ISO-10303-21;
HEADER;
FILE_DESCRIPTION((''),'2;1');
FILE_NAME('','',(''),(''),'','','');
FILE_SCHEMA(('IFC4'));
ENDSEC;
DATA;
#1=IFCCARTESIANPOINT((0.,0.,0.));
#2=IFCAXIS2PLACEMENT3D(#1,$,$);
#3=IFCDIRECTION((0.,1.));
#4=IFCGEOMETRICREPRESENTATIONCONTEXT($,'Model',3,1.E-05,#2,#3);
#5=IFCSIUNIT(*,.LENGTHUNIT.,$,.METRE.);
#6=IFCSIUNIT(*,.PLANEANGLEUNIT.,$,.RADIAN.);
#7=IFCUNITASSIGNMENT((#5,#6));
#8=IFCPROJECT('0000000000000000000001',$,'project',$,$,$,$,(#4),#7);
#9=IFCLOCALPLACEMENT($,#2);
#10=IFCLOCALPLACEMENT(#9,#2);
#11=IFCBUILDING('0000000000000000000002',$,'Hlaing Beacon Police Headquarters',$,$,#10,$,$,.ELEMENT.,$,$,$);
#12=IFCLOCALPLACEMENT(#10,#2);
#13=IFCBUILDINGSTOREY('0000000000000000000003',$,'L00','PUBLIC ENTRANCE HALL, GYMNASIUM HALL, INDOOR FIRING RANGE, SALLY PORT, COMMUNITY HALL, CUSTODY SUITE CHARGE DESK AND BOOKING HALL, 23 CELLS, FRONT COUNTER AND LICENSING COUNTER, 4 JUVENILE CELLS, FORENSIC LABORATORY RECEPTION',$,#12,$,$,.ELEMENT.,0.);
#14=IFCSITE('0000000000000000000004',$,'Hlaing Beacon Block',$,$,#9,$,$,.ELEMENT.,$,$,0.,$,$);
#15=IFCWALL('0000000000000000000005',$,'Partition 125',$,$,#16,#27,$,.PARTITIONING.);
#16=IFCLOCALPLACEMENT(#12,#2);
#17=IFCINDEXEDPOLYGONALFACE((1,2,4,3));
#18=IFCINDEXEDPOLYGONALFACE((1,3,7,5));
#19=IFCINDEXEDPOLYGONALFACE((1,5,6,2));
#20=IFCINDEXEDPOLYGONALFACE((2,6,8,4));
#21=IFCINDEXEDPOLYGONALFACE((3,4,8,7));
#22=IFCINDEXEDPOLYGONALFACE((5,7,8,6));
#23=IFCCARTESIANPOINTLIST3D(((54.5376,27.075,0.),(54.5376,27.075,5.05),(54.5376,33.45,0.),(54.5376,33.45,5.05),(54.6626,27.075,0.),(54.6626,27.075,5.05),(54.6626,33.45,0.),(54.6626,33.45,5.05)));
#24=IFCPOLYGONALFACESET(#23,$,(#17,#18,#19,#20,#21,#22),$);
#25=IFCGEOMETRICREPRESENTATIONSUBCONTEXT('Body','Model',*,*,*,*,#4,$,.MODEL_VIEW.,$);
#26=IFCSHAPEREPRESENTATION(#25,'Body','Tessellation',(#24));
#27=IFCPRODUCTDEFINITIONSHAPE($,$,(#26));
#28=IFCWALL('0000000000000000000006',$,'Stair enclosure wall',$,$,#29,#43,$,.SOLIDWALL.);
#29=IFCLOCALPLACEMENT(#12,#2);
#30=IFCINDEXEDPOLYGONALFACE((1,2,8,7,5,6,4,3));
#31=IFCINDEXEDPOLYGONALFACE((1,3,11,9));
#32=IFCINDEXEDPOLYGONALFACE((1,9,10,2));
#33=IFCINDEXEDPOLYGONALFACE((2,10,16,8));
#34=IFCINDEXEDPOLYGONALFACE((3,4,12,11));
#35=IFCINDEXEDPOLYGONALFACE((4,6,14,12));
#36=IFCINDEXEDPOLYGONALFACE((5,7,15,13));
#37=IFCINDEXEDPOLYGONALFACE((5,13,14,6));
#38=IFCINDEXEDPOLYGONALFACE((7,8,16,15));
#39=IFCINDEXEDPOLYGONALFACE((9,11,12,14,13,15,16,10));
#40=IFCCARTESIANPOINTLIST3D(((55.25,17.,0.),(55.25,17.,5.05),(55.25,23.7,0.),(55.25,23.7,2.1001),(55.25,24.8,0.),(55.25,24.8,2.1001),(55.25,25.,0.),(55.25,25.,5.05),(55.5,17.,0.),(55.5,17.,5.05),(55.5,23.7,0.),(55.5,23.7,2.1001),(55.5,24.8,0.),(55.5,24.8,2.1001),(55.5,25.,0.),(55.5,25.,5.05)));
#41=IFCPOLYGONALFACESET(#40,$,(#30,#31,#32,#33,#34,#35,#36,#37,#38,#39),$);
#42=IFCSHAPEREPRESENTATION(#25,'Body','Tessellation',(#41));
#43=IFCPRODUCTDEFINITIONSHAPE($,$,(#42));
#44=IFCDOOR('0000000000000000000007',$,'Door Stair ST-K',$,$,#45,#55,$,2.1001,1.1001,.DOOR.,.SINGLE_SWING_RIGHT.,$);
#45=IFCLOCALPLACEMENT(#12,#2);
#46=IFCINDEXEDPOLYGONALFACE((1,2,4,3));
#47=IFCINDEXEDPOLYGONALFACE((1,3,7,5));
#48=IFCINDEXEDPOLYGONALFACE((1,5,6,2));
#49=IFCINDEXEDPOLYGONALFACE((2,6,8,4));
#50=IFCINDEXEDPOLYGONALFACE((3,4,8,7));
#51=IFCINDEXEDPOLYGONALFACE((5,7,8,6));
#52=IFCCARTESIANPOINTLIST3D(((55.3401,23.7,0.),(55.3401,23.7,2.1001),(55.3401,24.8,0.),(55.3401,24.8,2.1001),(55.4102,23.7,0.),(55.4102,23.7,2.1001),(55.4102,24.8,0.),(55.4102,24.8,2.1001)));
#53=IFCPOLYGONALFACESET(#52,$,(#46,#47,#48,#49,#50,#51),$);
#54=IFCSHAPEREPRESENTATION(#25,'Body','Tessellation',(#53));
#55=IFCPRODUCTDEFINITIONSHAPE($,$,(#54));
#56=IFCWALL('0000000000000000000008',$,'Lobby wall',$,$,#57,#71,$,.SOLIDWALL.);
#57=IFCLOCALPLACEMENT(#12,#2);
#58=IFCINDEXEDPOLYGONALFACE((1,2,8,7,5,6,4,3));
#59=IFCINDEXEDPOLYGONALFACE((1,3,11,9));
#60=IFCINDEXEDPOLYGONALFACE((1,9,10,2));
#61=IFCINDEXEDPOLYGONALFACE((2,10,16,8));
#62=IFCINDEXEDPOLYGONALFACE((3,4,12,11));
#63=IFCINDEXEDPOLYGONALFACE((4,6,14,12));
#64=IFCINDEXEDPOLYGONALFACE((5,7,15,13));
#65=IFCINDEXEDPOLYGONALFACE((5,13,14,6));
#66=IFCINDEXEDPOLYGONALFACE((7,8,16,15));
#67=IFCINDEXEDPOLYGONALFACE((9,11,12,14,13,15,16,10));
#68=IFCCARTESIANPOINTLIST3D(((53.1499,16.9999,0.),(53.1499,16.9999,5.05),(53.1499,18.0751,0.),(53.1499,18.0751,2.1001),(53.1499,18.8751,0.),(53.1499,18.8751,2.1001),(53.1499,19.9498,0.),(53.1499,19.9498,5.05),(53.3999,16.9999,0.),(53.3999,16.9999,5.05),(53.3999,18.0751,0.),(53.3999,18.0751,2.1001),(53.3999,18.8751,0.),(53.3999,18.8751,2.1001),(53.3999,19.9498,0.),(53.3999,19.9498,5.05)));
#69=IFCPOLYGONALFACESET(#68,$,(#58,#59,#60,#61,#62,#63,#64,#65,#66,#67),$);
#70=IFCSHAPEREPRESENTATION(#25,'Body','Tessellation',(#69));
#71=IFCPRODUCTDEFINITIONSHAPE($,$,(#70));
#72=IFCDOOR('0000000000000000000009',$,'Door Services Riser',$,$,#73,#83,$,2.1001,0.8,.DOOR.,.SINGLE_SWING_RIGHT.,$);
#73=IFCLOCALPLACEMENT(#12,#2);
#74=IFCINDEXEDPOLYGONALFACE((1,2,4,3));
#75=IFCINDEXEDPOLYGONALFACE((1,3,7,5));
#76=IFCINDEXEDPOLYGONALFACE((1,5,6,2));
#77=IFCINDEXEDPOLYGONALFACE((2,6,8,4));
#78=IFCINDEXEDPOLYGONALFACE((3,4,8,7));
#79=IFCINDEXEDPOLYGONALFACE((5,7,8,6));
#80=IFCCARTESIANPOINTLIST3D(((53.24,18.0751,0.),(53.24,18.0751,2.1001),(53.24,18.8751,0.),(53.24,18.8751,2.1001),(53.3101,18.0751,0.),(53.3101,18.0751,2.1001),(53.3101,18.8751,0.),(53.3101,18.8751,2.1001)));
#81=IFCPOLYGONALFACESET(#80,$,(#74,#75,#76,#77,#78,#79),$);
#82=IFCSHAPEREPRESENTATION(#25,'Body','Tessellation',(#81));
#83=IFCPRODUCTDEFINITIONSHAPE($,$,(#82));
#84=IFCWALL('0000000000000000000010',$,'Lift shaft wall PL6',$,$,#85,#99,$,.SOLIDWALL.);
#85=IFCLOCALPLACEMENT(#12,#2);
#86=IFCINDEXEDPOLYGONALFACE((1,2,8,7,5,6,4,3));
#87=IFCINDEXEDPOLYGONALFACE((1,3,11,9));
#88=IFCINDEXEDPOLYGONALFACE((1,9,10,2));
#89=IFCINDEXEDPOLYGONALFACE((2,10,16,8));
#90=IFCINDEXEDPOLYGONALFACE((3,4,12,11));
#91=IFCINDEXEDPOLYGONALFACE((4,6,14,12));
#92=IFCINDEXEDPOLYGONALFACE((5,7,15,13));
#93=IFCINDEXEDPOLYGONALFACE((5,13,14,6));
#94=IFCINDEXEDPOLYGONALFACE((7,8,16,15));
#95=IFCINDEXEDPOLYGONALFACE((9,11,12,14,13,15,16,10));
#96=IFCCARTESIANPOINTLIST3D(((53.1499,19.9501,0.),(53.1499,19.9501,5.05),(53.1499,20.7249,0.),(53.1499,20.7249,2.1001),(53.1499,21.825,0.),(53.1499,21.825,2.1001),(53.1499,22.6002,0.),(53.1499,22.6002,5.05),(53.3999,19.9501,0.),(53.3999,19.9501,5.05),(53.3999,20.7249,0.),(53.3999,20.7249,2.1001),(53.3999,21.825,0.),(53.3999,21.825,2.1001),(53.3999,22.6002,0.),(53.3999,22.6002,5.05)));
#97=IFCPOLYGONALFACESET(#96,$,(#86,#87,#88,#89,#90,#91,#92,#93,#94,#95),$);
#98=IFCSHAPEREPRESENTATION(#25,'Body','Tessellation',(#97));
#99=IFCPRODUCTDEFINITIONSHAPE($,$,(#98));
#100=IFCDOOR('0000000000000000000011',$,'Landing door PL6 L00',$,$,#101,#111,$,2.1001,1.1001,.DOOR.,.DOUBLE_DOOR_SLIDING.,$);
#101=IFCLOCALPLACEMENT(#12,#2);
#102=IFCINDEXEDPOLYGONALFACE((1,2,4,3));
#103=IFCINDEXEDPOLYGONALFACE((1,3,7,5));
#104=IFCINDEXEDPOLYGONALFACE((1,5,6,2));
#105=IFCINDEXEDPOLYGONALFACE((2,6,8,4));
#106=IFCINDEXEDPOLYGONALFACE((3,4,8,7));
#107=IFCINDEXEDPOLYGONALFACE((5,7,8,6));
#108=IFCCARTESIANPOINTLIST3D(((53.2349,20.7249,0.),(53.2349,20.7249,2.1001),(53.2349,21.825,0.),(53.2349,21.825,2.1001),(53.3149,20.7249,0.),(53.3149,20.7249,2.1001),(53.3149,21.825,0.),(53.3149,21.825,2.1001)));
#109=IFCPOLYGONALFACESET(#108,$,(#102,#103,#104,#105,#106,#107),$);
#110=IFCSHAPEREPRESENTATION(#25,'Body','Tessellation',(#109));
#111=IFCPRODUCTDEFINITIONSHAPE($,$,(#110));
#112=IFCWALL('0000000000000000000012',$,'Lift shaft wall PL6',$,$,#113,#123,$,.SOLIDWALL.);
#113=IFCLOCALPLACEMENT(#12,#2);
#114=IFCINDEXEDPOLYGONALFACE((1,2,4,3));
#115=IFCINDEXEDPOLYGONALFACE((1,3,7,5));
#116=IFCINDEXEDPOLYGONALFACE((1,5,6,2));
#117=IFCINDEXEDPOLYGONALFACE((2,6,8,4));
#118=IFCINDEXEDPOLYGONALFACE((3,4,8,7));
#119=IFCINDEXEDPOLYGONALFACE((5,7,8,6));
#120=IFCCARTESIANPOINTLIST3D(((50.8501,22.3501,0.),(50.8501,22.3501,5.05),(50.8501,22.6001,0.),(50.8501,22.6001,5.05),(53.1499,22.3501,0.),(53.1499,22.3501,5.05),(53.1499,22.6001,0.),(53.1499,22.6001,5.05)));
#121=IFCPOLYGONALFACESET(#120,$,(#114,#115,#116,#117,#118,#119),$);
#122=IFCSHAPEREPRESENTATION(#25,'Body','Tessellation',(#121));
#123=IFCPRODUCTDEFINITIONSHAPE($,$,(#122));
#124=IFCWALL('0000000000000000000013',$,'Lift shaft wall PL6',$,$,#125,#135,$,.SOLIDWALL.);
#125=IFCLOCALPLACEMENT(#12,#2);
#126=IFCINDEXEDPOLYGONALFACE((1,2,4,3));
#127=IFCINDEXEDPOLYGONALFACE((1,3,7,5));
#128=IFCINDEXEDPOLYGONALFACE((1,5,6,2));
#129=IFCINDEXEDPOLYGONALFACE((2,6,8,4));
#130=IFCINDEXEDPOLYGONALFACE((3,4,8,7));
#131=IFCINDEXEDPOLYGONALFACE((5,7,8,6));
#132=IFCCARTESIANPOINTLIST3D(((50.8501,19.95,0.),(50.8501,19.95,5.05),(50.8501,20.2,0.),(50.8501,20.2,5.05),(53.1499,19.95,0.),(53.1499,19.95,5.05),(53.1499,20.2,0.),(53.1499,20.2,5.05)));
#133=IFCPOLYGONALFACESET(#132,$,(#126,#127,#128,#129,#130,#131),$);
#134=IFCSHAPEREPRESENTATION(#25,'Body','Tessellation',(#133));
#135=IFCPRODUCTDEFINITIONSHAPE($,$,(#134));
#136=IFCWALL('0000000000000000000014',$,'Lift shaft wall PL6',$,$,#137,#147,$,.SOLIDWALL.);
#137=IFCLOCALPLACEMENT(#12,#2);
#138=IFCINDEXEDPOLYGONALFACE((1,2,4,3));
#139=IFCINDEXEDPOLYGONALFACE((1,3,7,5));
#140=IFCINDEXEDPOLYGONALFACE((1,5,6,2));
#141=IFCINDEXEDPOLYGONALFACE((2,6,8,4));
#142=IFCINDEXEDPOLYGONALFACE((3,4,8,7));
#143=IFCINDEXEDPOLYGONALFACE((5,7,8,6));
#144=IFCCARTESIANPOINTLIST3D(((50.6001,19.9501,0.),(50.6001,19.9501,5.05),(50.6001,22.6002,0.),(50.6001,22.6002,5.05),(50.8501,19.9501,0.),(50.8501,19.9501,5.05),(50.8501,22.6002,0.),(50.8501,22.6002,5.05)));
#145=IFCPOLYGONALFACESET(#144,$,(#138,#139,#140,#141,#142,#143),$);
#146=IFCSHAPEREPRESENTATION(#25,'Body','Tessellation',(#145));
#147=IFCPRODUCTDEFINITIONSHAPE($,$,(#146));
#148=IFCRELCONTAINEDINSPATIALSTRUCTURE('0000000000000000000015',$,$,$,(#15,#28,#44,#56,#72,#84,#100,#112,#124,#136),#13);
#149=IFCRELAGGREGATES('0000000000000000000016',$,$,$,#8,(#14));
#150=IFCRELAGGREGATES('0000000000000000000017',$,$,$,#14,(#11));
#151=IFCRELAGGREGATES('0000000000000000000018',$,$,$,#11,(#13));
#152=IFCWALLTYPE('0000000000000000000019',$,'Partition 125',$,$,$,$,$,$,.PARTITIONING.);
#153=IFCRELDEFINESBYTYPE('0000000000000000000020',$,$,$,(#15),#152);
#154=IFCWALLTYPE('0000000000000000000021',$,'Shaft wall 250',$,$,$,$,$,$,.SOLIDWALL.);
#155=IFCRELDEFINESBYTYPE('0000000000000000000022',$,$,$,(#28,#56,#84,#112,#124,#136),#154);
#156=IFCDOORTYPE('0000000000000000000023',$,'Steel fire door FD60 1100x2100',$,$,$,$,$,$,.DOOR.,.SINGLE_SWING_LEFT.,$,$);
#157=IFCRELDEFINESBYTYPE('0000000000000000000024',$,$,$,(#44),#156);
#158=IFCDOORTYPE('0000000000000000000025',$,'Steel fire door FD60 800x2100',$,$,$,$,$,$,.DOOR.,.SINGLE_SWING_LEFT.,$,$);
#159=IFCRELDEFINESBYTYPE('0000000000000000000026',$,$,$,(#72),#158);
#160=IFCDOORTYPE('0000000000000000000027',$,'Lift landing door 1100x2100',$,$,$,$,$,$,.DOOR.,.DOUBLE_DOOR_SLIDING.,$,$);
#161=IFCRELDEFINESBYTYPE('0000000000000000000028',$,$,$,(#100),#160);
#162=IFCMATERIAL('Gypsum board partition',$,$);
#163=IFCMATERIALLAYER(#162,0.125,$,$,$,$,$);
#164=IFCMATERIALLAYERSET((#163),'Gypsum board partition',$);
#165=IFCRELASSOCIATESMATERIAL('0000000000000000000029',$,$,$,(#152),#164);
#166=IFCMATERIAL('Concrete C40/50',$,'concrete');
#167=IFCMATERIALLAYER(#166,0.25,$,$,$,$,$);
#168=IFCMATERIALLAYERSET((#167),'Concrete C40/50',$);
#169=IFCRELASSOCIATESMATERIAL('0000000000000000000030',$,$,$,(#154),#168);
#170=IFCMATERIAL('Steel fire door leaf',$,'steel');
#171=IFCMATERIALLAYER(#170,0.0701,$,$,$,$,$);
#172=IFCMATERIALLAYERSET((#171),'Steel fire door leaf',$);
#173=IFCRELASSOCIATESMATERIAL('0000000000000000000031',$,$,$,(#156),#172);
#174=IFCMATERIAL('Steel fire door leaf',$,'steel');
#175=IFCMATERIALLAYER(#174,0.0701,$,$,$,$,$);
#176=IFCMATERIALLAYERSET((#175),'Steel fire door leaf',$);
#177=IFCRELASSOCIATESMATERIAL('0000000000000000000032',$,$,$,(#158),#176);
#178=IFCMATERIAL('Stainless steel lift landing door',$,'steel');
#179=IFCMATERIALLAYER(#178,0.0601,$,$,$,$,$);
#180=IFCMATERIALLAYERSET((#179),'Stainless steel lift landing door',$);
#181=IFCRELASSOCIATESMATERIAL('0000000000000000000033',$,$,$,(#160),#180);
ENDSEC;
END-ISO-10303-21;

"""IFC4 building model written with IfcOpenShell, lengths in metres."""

from ifc_helpers import new_model, si_unit, direction, frame, frame_2d, origin, place, context, subcontext, project, spatial, rectangle, extrude, material, layer, layer_set, type_object, element, fill, save


model = new_model("IFC4")

# Units and contexts
model_context = context("Model", 3, precision=1e-05, world=origin(), true_north=direction((0.0, 1.0)))
body_context = subcontext(model_context, "Body", "Model", "MODEL_VIEW")
ifc_project = project(units=[si_unit("LENGTHUNIT", "METRE"), si_unit("PLANEANGLEUNIT", "RADIAN")], contexts=[model_context])

# Site, building, storey
site_placement = place(None, origin())
site = spatial("IfcSite", under=ifc_project, at=site_placement, Name="Hlaing Beacon Block", CompositionType="ELEMENT", RefElevation=0.0)
building_placement = place(site_placement, origin())
building = spatial("IfcBuilding", under=site, at=building_placement, Name="Hlaing Beacon Police Headquarters", CompositionType="ELEMENT")
storey_placement = place(building_placement, origin())
storey = spatial("IfcBuildingStorey", under=building, at=storey_placement, Name="L00", Description="PUBLIC ENTRANCE HALL, GYMNASIUM HALL, INDOOR FIRING RANGE, SALLY PORT, COMMUNITY HALL, CUSTODY SUITE CHARGE DESK AND BOOKING HALL, 23 CELLS, FRONT COUNTER AND LICENSING COUNTER, 4 JUVENILE CELLS, FORENSIC LABORATORY RECEPTION", CompositionType="ELEMENT", Elevation=0.0)

# Shared definitions
ifc_material_1 = material(Name="Gypsum board partition")
ifc_layer_1 = layer(ifc_material_1, 0.125)
ifc_layer_set_1 = layer_set([ifc_layer_1], Name="Gypsum board partition")
wall_type_1 = type_object("IfcWallType", Name="Partition 125", PredefinedType="PARTITIONING", material=ifc_layer_set_1)

# Wall
wall_1_placement = place(storey_placement, frame((54.6001, 27.075, 0.0), z_axis=(0.0, 0.0, 1.0), x_axis=(0.0, 1.0, 0.0)))
element("IfcWall", 1, at=wall_1_placement, inside=storey, type_object=wall_type_1, Name="Partition 125", PredefinedType="PARTITIONING", context=body_context, shape_type="SweptSolid", body=[
    extrude(rectangle(XDim=6.375, YDim=0.125, at=frame_2d((3.1875, 0.0))), origin(), (0.0, 0.0, 1.0), 5.05),
])

# Walls, openings, doors
ifc_material_2 = material(Name="Concrete C40/50", Category="concrete")
ifc_layer_2 = layer(ifc_material_2, 0.25)
ifc_layer_set_2 = layer_set([ifc_layer_2], Name="Concrete C40/50")
wall_type_2 = type_object("IfcWallType", Name="Shaft wall 250", PredefinedType="SOLIDWALL", material=ifc_layer_set_2)
wall_2_placement = place(storey_placement, frame((55.375, 25.0, 0.0), z_axis=(0.0, 0.0, 1.0), x_axis=(0.0, -1.0, 0.0)))
wall_2 = element("IfcWall", 2, at=wall_2_placement, inside=storey, type_object=wall_type_2, Name="Stair enclosure wall", PredefinedType="SOLIDWALL", context=body_context, shape_type="SweptSolid", body=[
    extrude(rectangle(XDim=8.0, YDim=0.25, at=frame_2d((4.0, 0.0))), origin(), (0.0, 0.0, 1.0), 5.05),
])
opening_1_placement = place(wall_2_placement, frame((0.2, 0.0, 0.0)))
opening_1 = element("IfcOpeningElement", 3, at=opening_1_placement, cuts=wall_2, PredefinedType="OPENING", context=body_context, shape_type="SweptSolid", body=[
    extrude(rectangle(XDim=1.1001, YDim=2.1001, at=frame_2d((0.55, 1.05))), frame((0.0, 0.135, 0.0), z_axis=(0.0, -1.0, 0.0), x_axis=(1.0, 0.0, 0.0)), (0.0, 0.0, 1.0), 0.27),
])
ifc_material_3 = material(Name="Steel fire door leaf", Category="steel")
ifc_layer_3 = layer(ifc_material_3, 0.0701)
ifc_layer_set_3 = layer_set([ifc_layer_3], Name="Steel fire door leaf")
door_type_1 = type_object("IfcDoorType", Name="Steel fire door FD60 1100x2100", OperationType="SINGLE_SWING_LEFT", PredefinedType="DOOR", material=ifc_layer_set_3)
door_1_placement = place(opening_1_placement, origin())
door_1 = element("IfcDoor", 4, at=door_1_placement, inside=storey, type_object=door_type_1, Name="Door Stair ST-K", OperationType="SINGLE_SWING_RIGHT", OverallHeight=2.1001, OverallWidth=1.1001, PredefinedType="DOOR", context=body_context, shape_type="SweptSolid", body=[
    extrude(rectangle(XDim=1.1001, YDim=2.1001, at=frame_2d((0.55, 1.05))), frame((0.0, 0.0352, 0.0), z_axis=(0.0, -1.0, 0.0), x_axis=(1.0, 0.0, 0.0)), (0.0, 0.0, 1.0), 0.0701),
])
fill(opening_1, door_1)
wall_3_placement = place(storey_placement, frame((53.2749, 19.95, 0.0), z_axis=(0.0, 0.0, 1.0), x_axis=(0.0, -1.0, 0.0)))
wall_3 = element("IfcWall", 5, at=wall_3_placement, inside=storey, type_object=wall_type_2, Name="Lobby wall", PredefinedType="SOLIDWALL", context=body_context, shape_type="SweptSolid", body=[
    extrude(rectangle(XDim=2.95, YDim=0.25, at=frame_2d((1.4751, 0.0))), origin(), (0.0, 0.0, 1.0), 5.05),
])
opening_2_placement = place(wall_3_placement, frame((1.075, 0.0, 0.0)))
opening_2 = element("IfcOpeningElement", 6, at=opening_2_placement, cuts=wall_3, PredefinedType="OPENING", context=body_context, shape_type="SweptSolid", body=[
    extrude(rectangle(XDim=0.8, YDim=2.1001, at=frame_2d((0.3999, 1.05))), frame((0.0, 0.135, 0.0), z_axis=(0.0, -1.0, 0.0), x_axis=(1.0, 0.0, 0.0)), (0.0, 0.0, 1.0), 0.27),
])
ifc_material_4 = material(Name="Steel fire door leaf", Category="steel")
ifc_layer_4 = layer(ifc_material_4, 0.0701)
ifc_layer_set_4 = layer_set([ifc_layer_4], Name="Steel fire door leaf")
door_type_2 = type_object("IfcDoorType", Name="Steel fire door FD60 800x2100", OperationType="SINGLE_SWING_LEFT", PredefinedType="DOOR", material=ifc_layer_set_4)
door_2_placement = place(opening_2_placement, frame((0.8, 0.0, 0.0), z_axis=(0.0, 0.0, 1.0), x_axis=(-1.0, 0.0, 0.0)))
door_2 = element("IfcDoor", 7, at=door_2_placement, inside=storey, type_object=door_type_2, Name="Door Services Riser", OperationType="SINGLE_SWING_RIGHT", OverallHeight=2.1001, OverallWidth=0.8, PredefinedType="DOOR", context=body_context, shape_type="SweptSolid", body=[
    extrude(rectangle(XDim=0.8, YDim=2.1001, at=frame_2d((0.4001, 1.05))), frame((0.0, 0.0349, 0.0), z_axis=(0.0, -1.0, 0.0), x_axis=(1.0, 0.0, 0.0)), (0.0, 0.0, 1.0), 0.0701),
])
fill(opening_2, door_2)
wall_4_placement = place(storey_placement, frame((53.2749, 19.95, 0.0), z_axis=(0.0, 0.0, 1.0), x_axis=(0.0, 1.0, 0.0)))
wall_4 = element("IfcWall", 8, at=wall_4_placement, inside=storey, type_object=wall_type_2, Name="Lift shaft wall PL6", PredefinedType="SOLIDWALL", context=body_context, shape_type="SweptSolid", body=[
    extrude(rectangle(XDim=2.6501, YDim=0.25, at=frame_2d((1.3252, 0.0))), origin(), (0.0, 0.0, 1.0), 5.05),
])
opening_3_placement = place(wall_4_placement, frame((0.7749, 0.0, 0.0)))
opening_3 = element("IfcOpeningElement", 9, at=opening_3_placement, cuts=wall_4, PredefinedType="OPENING", context=body_context, shape_type="SweptSolid", body=[
    extrude(rectangle(XDim=1.1001, YDim=2.1001, at=frame_2d((0.55, 1.05))), frame((0.0, 0.135, 0.0), z_axis=(0.0, -1.0, 0.0), x_axis=(1.0, 0.0, 0.0)), (0.0, 0.0, 1.0), 0.27),
])
ifc_material_5 = material(Name="Stainless steel lift landing door", Category="steel")
ifc_layer_5 = layer(ifc_material_5, 0.0601)
ifc_layer_set_5 = layer_set([ifc_layer_5], Name="Stainless steel lift landing door")
door_type_3 = type_object("IfcDoorType", Name="Lift landing door 1100x2100", OperationType="DOUBLE_DOOR_SLIDING", PredefinedType="DOOR", material=ifc_layer_set_5)
door_3_placement = place(opening_3_placement, origin())
door_3 = element("IfcDoor", 10, at=door_3_placement, inside=storey, type_object=door_type_3, Name="Landing door PL6 L00", OperationType="DOUBLE_DOOR_SLIDING", OverallHeight=2.1001, OverallWidth=1.1001, PredefinedType="DOOR", context=body_context, shape_type="SweptSolid", body=[
    extrude(rectangle(XDim=1.1001, YDim=2.1001, at=frame_2d((0.55, 1.05))), frame((0.0, 0.04, 0.0), z_axis=(0.0, -1.0, 0.0), x_axis=(1.0, 0.0, 0.0)), (0.0, 0.0, 1.0), 0.0801),
])
fill(opening_3, door_3)

# Walls
for number, where, z_axis, x_axis, name in (
    (11, (50.8501, 22.4751, 0.0), (0.0, 0.0, 1.0), (1.0, 0.0, 0.0), "Lift shaft wall PL6"),
    (12, (50.8501, 20.075, 0.0), (0.0, 0.0, 1.0), (1.0, 0.0, 0.0), "Lift shaft wall PL6"),
):
    element("IfcWall", number, at=place(storey_placement, frame(where, z_axis=z_axis, x_axis=x_axis)), inside=storey, type_object=wall_type_2, Name=name, PredefinedType="SOLIDWALL", context=body_context, shape_type="SweptSolid", body=[
        extrude(rectangle(XDim=2.2998, YDim=0.25, at=frame_2d((1.1499, 0.0))), origin(), (0.0, 0.0, 1.0), 5.05),
    ])
wall_5_placement = place(storey_placement, frame((50.7251, 19.95, 0.0), z_axis=(0.0, 0.0, 1.0), x_axis=(0.0, 1.0, 0.0)))
element("IfcWall", 13, at=wall_5_placement, inside=storey, type_object=wall_type_2, Name="Lift shaft wall PL6", PredefinedType="SOLIDWALL", context=body_context, shape_type="SweptSolid", body=[
    extrude(rectangle(XDim=2.6501, YDim=0.25, at=frame_2d((1.3252, 0.0))), origin(), (0.0, 0.0, 1.0), 5.05),
])

save(model, "model.ifc")
